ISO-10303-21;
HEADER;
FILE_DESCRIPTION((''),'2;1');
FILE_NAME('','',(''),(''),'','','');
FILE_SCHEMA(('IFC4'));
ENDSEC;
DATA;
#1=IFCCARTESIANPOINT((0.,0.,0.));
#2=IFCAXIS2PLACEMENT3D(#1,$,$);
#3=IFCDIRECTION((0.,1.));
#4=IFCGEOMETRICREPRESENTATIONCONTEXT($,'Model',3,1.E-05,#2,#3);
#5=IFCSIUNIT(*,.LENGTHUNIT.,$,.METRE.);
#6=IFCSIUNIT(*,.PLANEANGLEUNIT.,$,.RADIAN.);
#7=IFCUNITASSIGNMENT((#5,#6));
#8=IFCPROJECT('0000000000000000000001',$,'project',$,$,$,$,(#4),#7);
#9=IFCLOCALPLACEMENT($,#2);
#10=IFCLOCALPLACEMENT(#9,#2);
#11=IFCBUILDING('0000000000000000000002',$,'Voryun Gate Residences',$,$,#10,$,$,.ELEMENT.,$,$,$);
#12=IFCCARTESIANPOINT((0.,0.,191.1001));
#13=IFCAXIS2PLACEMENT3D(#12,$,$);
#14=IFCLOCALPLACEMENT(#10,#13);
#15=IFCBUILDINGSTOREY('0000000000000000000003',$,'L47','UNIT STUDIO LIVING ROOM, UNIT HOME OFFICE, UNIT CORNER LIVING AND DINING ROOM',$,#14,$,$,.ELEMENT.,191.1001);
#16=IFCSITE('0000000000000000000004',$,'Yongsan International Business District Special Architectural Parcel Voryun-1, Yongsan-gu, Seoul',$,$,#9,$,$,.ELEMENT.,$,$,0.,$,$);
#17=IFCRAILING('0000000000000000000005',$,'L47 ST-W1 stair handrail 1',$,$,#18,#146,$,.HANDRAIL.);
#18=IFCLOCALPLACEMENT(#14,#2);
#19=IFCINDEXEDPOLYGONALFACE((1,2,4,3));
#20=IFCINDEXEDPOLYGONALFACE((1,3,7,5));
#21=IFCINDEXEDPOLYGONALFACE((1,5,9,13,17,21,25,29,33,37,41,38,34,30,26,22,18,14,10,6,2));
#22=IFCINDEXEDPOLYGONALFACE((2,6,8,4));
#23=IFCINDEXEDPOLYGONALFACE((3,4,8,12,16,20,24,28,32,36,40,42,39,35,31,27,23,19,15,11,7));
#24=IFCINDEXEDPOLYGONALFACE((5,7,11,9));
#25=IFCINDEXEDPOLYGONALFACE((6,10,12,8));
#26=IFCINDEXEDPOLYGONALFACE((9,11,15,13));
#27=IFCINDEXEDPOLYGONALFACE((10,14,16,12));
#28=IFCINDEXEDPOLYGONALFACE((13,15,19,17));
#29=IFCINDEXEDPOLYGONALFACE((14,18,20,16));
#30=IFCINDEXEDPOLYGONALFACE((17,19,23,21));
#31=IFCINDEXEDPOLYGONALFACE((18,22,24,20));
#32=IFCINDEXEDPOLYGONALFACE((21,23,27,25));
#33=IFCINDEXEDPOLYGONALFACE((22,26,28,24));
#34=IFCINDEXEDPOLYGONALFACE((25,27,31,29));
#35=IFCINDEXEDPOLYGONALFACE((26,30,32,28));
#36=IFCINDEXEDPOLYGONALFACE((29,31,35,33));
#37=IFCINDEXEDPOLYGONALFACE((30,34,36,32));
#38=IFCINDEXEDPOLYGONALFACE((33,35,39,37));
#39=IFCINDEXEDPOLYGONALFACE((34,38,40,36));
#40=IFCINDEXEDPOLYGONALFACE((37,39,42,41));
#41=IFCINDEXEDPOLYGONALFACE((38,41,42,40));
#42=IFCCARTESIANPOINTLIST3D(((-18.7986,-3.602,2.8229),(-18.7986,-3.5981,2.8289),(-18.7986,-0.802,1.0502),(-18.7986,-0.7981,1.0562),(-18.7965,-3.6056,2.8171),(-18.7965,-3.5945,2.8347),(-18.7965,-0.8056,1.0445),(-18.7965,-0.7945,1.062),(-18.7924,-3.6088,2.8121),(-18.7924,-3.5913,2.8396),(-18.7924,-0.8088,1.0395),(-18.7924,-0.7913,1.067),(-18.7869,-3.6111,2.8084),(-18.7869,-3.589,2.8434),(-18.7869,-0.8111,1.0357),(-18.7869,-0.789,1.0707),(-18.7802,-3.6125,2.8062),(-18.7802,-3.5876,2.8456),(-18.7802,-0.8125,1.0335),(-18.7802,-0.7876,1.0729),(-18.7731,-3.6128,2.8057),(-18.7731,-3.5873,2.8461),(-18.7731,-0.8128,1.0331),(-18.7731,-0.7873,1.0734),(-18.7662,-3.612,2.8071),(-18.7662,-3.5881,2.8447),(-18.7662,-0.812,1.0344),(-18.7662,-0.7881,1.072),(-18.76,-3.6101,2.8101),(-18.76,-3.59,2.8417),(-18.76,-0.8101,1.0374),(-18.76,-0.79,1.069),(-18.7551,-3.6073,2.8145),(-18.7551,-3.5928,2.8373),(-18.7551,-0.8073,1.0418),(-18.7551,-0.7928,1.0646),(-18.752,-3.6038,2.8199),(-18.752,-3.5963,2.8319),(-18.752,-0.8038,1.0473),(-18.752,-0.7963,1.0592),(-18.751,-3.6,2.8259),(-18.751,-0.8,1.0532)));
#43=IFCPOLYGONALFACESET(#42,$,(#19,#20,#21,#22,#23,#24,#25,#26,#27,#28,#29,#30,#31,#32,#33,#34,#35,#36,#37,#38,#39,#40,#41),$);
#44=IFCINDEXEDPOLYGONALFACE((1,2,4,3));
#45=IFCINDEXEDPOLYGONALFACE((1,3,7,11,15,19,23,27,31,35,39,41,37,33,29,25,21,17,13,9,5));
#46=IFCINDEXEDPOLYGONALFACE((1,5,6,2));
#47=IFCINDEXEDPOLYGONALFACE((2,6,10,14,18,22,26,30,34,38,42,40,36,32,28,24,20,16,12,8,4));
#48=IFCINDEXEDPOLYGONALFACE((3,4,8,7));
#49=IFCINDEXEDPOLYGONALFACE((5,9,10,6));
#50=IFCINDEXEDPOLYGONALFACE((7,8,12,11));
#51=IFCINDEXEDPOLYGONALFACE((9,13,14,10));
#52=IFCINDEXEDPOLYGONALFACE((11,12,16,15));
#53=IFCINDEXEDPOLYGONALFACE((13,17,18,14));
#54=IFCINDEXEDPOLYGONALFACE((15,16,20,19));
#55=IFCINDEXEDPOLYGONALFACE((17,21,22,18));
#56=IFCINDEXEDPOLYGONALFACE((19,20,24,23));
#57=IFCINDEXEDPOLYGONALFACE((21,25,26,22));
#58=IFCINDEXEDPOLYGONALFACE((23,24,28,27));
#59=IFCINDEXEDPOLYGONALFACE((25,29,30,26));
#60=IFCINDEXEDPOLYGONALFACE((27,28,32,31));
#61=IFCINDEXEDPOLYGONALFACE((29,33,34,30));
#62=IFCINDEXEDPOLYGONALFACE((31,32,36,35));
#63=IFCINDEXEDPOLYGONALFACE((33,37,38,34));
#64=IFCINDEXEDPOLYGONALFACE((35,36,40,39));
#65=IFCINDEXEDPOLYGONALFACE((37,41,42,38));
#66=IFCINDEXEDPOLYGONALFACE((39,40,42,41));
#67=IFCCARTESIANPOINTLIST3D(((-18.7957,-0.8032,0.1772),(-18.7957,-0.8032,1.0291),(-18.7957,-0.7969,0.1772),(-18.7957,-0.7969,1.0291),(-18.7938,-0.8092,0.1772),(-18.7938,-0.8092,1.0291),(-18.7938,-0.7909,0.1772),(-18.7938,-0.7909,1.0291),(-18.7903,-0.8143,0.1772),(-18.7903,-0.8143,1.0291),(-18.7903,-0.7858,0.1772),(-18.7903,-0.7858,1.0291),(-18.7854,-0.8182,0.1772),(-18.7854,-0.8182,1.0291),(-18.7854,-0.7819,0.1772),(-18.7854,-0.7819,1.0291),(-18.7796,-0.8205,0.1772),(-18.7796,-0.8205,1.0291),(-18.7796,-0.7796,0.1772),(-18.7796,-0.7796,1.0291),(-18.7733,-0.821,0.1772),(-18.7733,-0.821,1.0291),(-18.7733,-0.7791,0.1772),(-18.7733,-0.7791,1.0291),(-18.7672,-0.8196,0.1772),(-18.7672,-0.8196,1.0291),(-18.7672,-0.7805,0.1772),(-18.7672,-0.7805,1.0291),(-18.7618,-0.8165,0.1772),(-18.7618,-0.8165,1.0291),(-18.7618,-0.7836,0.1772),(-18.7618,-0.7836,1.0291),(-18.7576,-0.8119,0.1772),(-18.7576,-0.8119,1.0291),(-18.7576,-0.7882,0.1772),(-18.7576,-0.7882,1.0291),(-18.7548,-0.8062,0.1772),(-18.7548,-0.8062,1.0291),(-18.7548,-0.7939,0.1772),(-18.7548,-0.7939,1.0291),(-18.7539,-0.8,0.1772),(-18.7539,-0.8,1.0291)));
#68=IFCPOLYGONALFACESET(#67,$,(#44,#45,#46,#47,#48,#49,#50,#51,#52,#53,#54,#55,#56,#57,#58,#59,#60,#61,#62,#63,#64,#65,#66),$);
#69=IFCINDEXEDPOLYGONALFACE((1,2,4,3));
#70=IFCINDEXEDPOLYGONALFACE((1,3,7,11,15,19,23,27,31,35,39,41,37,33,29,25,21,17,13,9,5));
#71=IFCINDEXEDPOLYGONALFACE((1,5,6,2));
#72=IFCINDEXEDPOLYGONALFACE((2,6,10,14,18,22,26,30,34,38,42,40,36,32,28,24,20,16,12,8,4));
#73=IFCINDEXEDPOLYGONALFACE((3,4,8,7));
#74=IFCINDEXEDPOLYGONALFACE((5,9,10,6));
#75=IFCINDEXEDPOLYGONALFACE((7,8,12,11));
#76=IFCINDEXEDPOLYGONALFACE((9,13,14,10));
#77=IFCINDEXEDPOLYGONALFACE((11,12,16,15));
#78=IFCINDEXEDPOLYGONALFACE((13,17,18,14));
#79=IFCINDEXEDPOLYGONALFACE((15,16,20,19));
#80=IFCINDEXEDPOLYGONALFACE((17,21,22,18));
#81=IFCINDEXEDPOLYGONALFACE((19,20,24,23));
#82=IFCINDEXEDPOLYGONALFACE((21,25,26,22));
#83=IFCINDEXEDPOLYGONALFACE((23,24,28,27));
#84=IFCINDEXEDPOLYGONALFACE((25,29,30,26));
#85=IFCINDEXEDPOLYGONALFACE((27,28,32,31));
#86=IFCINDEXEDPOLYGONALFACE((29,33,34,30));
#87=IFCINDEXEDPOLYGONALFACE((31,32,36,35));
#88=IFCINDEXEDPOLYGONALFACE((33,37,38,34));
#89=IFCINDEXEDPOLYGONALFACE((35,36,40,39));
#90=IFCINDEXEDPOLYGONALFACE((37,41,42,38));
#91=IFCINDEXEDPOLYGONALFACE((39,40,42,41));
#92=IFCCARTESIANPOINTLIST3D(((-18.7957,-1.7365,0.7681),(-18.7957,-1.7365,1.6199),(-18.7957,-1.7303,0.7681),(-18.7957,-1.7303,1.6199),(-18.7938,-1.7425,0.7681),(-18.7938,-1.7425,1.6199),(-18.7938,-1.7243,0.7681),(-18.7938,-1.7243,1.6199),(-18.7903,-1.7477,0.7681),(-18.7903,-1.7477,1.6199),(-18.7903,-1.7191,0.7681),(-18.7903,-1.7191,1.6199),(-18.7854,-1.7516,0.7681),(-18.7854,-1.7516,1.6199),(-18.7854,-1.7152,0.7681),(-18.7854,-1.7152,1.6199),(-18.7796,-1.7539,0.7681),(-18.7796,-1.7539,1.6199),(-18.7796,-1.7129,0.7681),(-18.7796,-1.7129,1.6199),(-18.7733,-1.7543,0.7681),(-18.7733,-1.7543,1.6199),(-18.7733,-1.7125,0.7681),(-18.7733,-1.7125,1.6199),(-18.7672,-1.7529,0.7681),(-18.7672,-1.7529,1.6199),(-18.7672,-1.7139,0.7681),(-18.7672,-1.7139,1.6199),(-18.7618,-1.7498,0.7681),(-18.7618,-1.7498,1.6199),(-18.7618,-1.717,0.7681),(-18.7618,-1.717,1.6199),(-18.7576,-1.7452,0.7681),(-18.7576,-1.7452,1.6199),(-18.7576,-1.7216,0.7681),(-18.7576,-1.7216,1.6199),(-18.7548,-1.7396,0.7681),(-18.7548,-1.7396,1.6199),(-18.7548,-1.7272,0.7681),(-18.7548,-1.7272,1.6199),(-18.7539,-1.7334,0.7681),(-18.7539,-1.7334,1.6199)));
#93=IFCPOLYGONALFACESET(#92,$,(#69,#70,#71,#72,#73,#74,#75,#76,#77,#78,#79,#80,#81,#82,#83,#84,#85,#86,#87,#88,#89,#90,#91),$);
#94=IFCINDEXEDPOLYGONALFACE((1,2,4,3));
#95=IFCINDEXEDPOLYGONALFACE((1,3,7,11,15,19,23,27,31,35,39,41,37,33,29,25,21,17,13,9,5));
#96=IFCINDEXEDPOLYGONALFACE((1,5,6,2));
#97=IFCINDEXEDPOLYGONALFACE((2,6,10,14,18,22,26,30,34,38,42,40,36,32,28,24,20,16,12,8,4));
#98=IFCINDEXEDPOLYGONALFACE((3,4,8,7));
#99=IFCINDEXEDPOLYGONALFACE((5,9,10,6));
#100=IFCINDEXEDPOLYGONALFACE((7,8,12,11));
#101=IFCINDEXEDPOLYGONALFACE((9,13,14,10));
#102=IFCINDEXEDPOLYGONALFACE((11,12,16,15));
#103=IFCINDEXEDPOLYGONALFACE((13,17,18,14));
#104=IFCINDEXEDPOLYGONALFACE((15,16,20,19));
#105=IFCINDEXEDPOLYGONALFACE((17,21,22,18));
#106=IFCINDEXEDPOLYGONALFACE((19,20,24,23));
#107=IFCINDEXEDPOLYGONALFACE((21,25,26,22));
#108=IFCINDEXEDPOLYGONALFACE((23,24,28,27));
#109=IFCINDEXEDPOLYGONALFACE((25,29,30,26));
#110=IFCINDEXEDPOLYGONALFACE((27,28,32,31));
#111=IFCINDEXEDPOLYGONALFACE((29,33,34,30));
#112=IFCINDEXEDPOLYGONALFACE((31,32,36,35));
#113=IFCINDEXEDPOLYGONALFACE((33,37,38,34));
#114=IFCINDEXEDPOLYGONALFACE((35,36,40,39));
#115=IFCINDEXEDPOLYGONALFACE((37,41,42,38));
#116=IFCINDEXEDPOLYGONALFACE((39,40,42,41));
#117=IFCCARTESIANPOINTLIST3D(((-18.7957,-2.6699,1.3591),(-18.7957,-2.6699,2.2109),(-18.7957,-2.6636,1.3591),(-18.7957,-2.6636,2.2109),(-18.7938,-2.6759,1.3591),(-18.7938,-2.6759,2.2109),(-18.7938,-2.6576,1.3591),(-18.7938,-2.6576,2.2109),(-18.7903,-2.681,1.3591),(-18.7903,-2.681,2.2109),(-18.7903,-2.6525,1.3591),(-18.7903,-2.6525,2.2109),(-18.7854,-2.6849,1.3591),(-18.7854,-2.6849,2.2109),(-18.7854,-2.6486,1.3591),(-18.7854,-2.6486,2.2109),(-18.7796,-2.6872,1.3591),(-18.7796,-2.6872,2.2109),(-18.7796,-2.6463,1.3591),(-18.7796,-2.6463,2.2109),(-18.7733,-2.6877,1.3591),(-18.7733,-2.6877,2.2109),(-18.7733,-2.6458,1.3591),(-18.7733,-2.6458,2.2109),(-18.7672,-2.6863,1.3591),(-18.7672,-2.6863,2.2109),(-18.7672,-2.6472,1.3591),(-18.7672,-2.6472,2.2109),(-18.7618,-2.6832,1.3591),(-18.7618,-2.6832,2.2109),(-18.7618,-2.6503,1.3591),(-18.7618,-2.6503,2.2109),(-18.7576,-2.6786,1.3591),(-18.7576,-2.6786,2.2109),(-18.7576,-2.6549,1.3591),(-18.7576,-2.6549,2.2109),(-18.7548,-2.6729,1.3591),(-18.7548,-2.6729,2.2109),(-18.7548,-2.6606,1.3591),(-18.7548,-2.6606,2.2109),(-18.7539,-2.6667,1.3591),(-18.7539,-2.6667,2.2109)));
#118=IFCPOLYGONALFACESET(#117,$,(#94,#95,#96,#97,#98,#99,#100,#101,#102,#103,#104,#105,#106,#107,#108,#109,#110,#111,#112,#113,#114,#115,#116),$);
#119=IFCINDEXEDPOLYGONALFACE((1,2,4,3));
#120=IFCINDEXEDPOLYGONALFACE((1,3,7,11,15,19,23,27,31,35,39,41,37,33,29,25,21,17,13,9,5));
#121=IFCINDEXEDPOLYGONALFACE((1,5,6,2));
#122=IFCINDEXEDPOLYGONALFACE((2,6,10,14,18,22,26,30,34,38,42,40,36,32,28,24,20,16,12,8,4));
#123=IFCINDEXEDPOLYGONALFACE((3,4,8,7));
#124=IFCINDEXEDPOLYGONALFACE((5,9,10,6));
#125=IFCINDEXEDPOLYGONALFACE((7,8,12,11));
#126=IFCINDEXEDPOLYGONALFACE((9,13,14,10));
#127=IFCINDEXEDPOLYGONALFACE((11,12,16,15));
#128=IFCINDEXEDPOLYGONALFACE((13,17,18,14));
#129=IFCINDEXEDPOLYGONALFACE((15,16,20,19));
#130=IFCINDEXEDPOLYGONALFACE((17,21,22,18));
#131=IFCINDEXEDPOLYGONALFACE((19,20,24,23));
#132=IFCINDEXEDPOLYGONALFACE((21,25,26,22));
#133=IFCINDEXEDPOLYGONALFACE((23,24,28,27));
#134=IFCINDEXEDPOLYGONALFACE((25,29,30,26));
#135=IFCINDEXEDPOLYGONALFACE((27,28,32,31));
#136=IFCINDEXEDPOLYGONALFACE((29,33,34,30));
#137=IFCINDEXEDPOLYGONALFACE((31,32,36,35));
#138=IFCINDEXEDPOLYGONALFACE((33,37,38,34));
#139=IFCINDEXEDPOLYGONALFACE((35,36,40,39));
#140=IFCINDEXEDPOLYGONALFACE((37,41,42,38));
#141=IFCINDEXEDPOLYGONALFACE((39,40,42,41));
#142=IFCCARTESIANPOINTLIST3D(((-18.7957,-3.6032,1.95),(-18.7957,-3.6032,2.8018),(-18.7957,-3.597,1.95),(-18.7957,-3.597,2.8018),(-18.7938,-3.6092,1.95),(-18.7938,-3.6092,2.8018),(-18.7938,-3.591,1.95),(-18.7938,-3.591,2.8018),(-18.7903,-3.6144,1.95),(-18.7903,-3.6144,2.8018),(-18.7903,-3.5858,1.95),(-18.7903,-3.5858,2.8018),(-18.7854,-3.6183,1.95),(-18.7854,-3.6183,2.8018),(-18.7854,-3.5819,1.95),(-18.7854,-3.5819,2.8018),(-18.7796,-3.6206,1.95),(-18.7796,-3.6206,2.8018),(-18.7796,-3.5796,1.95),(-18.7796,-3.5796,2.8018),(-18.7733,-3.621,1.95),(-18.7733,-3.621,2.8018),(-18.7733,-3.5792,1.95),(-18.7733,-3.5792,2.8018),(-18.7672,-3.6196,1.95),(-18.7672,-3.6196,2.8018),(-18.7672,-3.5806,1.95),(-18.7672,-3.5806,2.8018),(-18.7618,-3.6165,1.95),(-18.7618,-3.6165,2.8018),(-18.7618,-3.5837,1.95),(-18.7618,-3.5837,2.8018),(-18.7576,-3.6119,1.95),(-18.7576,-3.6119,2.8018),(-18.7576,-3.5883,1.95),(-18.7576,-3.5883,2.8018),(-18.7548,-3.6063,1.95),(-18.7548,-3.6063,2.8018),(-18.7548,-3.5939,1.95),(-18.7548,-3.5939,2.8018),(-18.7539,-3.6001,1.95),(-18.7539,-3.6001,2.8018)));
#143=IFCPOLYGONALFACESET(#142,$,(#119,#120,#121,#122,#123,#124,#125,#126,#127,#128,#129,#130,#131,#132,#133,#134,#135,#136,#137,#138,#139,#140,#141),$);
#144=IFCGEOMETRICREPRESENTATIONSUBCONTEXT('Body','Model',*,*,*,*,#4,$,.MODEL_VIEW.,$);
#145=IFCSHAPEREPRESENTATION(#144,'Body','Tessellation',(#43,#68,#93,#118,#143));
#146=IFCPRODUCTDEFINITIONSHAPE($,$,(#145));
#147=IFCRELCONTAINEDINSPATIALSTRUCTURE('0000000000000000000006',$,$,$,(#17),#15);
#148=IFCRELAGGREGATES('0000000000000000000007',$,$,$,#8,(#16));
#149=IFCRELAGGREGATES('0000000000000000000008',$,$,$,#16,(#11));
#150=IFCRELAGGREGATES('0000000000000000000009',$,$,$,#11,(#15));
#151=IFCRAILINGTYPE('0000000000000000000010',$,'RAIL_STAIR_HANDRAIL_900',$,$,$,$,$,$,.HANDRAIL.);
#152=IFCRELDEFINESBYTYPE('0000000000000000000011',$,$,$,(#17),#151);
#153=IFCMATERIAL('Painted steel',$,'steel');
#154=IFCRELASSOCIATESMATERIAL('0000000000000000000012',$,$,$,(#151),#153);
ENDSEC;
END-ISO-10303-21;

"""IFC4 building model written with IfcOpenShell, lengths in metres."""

from ifc_helpers import new_model, si_unit, direction, frame, origin, origin_2d, place, context, subcontext, project, spatial, circle, extrude, material, type_object, element, save


model = new_model("IFC4")

# Units and contexts
model_context = context("Model", 3, precision=1e-05, world=origin(), true_north=direction((0.0, 1.0)))
body_context = subcontext(model_context, "Body", "Model", "MODEL_VIEW")
ifc_project = project(units=[si_unit("LENGTHUNIT", "METRE"), si_unit("PLANEANGLEUNIT", "RADIAN")], contexts=[model_context])

# Site, building, storey
site_placement = place(None, origin())
site = spatial("IfcSite", under=ifc_project, at=site_placement, Name="Yongsan International Business District Special Architectural Parcel Voryun-1, Yongsan-gu, Seoul", CompositionType="ELEMENT", RefElevation=0.0)
building_placement = place(site_placement, origin())
building = spatial("IfcBuilding", under=site, at=building_placement, Name="Voryun Gate Residences", CompositionType="ELEMENT")
storey_placement = place(building_placement, frame((0.0, 0.0, 191.1001)))
storey = spatial("IfcBuildingStorey", under=building, at=storey_placement, Name="L47", Description="UNIT STUDIO LIVING ROOM, UNIT HOME OFFICE, UNIT CORNER LIVING AND DINING ROOM", CompositionType="ELEMENT", Elevation=191.1001)

# Railing
ifc_material_1 = material(Name="Painted steel", Category="steel")
railing_type_1 = type_object("IfcRailingType", Name="RAIL_STAIR_HANDRAIL_900", PredefinedType="HANDRAIL", material=ifc_material_1)
railing_1_placement = place(storey_placement, frame((-18.7749, -0.8, 0.1772)))
element("IfcRailing", 1, at=railing_1_placement, inside=storey, type_object=railing_type_1, Name="L47 ST-W1 stair handrail 1", PredefinedType="HANDRAIL", context=body_context, shape_type="SweptSolid", body=[
    extrude(circle(Radius=0.0239, at=origin_2d()), frame((0.0, 0.0, 0.876), z_axis=(0.0, -0.844909, 0.53491), x_axis=(1.0, 0.0, 0.0)), (0.0, 0.0, 1.0), 3.314),
    extrude(circle(Radius=0.021, at=origin_2d()), origin(), (0.0, 0.0, 1.0), 0.8518),
    extrude(circle(Radius=0.021, at=origin_2d()), frame((0.0, -0.9333, 0.5908)), (0.0, 0.0, 1.0), 0.8518),
    extrude(circle(Radius=0.021, at=origin_2d()), frame((0.0, -1.8667, 1.1819)), (0.0, 0.0, 1.0), 0.8518),
    extrude(circle(Radius=0.021, at=origin_2d()), frame((0.0, -2.8, 1.7727)), (0.0, 0.0, 1.0), 0.8518),
])

save(model, "model.ifc")
